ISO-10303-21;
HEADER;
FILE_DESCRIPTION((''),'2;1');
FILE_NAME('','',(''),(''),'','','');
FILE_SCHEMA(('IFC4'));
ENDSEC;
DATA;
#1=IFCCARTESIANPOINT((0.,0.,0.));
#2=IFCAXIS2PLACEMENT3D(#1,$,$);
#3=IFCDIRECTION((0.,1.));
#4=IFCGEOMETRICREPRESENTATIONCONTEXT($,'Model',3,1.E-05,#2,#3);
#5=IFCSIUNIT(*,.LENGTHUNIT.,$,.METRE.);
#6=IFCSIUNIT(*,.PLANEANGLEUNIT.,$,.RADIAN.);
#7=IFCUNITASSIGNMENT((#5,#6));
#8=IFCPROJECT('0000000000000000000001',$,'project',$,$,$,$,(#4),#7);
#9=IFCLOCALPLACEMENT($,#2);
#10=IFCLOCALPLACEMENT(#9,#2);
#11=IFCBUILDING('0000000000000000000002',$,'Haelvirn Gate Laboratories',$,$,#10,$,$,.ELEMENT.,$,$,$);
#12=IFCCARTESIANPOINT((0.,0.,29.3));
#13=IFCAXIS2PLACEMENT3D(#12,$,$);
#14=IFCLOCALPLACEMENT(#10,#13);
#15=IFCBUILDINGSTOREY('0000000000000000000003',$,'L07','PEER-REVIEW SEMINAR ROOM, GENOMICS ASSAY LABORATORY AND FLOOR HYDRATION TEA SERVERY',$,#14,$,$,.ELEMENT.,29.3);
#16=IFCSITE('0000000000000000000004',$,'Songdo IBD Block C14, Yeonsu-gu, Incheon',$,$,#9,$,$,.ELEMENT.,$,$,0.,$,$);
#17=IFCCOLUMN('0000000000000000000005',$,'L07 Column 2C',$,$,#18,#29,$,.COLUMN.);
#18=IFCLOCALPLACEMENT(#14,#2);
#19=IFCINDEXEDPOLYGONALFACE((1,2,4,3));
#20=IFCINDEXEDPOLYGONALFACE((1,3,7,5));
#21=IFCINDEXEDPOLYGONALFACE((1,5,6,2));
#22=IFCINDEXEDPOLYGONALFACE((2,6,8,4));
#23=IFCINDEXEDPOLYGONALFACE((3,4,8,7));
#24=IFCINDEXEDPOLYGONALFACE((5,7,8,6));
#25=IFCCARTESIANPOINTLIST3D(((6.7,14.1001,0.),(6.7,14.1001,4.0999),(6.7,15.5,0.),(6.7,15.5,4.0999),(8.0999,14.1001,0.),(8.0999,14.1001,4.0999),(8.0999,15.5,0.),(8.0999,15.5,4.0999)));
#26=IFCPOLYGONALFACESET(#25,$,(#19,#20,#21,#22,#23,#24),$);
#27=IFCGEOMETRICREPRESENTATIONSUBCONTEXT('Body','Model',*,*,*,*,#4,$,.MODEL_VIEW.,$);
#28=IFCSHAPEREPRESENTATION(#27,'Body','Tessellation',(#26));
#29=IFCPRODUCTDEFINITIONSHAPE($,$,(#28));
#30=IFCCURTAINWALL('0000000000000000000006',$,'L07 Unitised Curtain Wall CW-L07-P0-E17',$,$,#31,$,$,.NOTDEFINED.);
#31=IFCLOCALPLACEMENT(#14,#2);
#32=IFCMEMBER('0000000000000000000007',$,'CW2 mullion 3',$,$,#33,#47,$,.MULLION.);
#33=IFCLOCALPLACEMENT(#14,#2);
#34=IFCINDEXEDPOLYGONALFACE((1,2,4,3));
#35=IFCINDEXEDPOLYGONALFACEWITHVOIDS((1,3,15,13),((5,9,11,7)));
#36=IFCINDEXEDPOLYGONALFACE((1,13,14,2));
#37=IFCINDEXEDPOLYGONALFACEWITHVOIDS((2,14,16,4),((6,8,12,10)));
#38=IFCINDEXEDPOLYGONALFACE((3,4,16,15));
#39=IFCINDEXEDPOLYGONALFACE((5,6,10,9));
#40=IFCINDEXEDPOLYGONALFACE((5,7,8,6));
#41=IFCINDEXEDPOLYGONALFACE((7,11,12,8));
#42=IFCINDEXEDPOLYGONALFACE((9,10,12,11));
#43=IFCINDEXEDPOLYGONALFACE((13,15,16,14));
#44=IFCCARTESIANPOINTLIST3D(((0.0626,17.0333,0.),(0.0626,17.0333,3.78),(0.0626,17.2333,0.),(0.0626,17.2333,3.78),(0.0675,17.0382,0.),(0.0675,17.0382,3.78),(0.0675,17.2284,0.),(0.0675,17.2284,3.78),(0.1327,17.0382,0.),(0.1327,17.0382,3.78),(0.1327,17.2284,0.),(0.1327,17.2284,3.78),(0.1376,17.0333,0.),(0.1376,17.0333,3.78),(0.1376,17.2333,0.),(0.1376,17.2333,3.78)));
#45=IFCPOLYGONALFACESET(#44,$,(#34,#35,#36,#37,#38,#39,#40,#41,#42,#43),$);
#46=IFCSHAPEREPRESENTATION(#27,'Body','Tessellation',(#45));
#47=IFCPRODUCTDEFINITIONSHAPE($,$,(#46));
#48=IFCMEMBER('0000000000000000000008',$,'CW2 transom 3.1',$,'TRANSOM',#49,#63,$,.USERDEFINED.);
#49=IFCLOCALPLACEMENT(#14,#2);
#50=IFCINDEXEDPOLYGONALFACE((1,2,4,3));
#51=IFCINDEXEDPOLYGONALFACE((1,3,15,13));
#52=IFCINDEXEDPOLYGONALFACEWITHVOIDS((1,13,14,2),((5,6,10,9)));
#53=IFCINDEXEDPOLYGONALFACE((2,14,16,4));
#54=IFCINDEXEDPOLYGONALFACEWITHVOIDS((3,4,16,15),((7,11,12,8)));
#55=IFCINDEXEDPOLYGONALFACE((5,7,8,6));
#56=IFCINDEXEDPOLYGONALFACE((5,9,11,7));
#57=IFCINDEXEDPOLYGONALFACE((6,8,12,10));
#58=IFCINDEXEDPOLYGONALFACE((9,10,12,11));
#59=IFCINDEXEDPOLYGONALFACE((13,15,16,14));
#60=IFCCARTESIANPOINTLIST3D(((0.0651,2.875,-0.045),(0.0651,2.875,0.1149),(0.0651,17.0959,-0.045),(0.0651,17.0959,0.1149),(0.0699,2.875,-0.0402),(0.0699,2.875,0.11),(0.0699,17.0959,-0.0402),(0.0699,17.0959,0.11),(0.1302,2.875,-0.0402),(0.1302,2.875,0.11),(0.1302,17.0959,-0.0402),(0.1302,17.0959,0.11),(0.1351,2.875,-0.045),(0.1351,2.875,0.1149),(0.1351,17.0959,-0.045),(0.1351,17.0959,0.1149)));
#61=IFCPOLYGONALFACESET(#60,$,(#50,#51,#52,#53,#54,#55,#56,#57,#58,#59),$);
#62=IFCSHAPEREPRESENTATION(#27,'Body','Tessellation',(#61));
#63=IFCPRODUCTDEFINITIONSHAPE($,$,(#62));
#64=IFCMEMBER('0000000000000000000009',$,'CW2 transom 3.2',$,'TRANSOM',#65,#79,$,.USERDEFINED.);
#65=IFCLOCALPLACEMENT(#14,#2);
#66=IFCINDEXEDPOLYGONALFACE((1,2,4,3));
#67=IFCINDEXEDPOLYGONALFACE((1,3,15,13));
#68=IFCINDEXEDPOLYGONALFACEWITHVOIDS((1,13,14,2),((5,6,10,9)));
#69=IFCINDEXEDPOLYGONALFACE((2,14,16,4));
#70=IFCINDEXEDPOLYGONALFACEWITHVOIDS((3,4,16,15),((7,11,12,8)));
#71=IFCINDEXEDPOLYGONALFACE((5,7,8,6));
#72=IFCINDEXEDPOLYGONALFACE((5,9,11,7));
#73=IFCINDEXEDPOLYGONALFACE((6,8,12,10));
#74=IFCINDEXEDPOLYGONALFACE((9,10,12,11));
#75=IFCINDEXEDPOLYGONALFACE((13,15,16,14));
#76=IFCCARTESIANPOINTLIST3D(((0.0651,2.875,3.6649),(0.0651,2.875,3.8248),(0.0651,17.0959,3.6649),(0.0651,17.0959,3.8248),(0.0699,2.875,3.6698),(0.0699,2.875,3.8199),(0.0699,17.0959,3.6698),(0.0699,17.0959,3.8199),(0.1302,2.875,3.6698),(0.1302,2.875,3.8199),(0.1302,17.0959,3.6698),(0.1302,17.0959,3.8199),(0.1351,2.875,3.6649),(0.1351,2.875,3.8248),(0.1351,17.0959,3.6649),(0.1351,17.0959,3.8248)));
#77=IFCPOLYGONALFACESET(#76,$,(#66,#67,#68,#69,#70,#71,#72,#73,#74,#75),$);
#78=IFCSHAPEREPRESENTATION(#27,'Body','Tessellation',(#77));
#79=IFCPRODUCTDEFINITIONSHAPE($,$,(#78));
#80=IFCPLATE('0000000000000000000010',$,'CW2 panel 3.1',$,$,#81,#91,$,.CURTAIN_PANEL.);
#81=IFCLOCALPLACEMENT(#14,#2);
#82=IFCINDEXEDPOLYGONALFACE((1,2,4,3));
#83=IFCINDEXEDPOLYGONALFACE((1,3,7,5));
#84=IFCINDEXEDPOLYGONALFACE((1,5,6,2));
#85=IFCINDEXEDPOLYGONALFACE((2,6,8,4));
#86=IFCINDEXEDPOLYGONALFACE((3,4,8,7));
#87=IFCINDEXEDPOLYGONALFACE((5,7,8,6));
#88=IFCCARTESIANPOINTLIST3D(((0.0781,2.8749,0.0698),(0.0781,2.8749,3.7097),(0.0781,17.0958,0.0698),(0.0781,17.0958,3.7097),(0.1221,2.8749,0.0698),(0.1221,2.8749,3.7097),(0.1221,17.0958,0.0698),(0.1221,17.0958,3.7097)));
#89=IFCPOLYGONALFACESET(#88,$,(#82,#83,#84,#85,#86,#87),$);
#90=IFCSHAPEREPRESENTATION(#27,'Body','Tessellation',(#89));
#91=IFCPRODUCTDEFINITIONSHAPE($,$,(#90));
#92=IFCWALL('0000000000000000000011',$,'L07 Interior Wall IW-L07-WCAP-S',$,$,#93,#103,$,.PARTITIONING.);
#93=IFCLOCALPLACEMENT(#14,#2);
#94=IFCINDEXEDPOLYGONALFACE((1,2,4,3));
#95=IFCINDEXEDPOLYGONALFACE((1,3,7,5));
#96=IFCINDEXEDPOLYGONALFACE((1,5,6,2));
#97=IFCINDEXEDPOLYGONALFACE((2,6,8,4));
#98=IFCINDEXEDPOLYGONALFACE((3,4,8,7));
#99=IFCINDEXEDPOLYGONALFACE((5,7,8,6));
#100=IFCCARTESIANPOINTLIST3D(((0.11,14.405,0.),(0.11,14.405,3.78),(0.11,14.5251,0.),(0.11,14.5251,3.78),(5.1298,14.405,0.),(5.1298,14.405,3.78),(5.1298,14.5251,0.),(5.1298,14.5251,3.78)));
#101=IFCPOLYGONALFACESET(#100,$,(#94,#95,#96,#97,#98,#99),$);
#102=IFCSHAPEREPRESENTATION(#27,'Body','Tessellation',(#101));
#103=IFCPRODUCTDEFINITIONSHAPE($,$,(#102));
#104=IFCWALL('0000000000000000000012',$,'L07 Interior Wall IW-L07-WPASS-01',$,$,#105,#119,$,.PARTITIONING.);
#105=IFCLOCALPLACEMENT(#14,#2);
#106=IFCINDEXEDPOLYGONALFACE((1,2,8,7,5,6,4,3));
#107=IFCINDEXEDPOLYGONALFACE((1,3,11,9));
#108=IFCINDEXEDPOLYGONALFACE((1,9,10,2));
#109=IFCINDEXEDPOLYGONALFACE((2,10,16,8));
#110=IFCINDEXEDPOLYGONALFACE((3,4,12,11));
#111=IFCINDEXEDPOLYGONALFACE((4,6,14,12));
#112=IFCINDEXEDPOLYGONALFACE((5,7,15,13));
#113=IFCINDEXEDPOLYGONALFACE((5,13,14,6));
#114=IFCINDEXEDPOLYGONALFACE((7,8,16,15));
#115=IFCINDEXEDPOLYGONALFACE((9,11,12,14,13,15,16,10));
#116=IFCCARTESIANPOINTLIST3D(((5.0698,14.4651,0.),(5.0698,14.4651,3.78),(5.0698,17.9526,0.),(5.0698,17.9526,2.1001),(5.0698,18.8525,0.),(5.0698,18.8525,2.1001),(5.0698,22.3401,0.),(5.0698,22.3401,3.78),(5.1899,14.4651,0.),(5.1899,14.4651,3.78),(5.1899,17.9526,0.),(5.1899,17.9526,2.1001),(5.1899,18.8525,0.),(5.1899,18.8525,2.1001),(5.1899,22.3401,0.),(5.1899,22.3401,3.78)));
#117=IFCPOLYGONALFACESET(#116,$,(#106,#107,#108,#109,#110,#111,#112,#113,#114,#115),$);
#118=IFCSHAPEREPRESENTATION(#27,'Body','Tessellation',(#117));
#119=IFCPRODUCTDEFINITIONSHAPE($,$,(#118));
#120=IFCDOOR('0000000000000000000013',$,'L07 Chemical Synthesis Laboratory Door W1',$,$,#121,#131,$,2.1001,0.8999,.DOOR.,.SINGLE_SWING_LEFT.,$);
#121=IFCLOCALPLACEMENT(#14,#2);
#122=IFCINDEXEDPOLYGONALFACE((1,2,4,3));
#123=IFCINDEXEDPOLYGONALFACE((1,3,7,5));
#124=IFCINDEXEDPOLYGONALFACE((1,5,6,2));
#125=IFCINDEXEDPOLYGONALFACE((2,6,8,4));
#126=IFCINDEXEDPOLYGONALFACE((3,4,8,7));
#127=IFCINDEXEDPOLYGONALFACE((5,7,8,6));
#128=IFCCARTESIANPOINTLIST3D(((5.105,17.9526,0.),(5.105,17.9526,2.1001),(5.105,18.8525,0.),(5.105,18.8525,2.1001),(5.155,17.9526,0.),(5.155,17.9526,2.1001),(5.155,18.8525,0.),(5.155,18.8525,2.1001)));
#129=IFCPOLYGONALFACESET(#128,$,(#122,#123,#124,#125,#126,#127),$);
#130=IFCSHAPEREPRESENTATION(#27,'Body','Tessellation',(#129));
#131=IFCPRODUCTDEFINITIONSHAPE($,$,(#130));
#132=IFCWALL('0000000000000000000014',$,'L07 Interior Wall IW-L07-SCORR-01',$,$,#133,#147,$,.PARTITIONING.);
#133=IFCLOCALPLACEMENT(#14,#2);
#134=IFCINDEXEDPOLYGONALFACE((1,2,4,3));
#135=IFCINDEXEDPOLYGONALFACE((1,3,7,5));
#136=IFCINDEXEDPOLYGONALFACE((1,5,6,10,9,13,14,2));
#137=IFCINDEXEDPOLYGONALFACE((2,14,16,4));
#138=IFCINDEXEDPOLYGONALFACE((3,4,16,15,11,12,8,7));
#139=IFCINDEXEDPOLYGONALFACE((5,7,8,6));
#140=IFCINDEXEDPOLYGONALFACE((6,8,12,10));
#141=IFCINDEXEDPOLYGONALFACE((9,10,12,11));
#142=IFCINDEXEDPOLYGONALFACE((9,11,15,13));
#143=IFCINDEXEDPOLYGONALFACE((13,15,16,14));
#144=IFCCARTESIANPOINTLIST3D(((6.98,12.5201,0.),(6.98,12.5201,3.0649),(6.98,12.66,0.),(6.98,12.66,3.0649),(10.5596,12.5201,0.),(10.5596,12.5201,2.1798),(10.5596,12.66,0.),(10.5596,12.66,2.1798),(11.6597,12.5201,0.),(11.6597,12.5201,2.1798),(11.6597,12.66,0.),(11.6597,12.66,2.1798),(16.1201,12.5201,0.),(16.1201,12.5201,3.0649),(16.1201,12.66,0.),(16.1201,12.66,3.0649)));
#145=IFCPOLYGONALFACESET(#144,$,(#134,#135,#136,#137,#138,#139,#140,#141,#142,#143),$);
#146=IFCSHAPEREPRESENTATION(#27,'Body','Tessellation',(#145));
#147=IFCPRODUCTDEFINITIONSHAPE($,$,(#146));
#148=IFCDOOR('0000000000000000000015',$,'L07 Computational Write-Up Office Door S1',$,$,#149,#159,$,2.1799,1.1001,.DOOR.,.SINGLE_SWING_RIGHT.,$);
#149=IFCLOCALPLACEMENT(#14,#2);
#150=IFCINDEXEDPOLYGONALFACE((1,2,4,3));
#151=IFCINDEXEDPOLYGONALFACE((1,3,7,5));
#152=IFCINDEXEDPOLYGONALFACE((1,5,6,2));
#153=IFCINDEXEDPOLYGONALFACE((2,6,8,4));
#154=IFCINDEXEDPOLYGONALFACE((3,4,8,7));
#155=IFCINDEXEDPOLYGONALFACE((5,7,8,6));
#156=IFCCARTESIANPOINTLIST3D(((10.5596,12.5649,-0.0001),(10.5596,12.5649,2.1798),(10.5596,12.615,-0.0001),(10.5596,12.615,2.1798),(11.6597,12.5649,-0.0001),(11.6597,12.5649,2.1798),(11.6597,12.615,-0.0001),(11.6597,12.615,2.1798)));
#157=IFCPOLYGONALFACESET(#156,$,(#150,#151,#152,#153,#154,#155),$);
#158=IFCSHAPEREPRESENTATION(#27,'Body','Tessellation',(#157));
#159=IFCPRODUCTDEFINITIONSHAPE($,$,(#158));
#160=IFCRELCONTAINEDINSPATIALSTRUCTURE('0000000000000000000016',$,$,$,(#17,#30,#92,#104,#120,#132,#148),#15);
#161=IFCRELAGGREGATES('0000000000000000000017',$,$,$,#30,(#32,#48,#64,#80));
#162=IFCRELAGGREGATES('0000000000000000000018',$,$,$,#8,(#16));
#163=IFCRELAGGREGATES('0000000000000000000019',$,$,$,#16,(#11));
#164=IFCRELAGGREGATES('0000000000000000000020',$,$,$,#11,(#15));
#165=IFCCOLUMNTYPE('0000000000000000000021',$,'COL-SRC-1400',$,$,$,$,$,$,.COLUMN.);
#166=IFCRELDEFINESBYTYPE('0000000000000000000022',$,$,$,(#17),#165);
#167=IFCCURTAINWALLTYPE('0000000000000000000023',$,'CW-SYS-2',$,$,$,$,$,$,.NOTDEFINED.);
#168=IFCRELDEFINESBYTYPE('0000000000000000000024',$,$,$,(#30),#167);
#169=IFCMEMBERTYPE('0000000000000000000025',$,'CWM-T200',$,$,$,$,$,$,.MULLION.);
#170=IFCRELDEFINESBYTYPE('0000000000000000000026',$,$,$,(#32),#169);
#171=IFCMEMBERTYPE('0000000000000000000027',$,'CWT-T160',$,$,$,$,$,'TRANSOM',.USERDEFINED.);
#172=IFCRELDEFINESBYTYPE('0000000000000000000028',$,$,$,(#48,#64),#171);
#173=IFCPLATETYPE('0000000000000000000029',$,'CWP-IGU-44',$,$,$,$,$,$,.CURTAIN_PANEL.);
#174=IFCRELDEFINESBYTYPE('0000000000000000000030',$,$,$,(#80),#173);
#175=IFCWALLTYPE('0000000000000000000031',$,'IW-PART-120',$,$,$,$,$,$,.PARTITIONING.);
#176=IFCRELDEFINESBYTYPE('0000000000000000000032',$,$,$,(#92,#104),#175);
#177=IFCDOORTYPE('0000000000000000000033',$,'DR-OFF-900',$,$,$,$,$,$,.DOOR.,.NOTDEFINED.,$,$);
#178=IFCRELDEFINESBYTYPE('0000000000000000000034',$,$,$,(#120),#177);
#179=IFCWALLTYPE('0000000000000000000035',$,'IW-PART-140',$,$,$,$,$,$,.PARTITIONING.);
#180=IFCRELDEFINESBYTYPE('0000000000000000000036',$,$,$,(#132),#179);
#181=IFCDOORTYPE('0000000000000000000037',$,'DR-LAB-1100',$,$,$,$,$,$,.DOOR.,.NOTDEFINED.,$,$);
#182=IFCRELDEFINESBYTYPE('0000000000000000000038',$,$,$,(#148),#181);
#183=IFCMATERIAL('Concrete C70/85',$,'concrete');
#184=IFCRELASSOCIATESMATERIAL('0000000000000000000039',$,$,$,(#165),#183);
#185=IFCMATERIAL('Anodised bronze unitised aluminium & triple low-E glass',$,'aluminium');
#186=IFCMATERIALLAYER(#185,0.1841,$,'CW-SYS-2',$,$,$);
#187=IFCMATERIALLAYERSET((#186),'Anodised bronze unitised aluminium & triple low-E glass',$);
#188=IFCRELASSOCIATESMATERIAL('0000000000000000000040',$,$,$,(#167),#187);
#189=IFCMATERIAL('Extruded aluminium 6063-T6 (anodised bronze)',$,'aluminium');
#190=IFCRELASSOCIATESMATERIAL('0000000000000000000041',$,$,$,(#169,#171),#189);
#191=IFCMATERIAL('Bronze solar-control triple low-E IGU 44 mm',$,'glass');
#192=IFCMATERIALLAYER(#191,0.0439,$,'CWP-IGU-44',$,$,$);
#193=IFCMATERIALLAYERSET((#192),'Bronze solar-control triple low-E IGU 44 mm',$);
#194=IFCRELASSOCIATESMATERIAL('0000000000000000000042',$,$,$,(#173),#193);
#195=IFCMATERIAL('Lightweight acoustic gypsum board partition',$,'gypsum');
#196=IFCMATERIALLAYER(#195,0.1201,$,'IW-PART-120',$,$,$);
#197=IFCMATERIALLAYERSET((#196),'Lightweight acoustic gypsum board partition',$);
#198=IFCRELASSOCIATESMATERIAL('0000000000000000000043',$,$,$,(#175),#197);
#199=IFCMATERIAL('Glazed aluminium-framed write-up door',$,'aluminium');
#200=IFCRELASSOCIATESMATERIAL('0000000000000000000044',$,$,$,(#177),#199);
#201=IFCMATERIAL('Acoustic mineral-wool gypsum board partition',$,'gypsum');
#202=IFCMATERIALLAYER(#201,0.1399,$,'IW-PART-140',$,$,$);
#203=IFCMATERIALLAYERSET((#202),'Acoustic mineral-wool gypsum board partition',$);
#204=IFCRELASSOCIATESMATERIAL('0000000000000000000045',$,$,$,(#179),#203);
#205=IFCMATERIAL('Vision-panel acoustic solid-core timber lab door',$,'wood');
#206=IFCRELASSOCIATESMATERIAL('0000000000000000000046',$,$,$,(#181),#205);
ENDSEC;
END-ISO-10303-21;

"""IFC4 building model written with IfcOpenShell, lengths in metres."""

from ifc_helpers import new_model, si_unit, direction, frame, frame_2d, origin, origin_2d, place, context, subcontext, project, spatial, rectangle, hollow_rectangle, extrude, source, transform, mapped, material, layer, layer_set, material_profile, profile_set, type_object, type_shapes, element, fill, aggregate, save


model = new_model("IFC4")

# Units and contexts
model_context = context("Model", 3, precision=1e-05, world=origin(), true_north=direction((0.0, 1.0)))
body_context = subcontext(model_context, "Body", "Model", "MODEL_VIEW")
ifc_project = project(units=[si_unit("LENGTHUNIT", "METRE"), si_unit("PLANEANGLEUNIT", "RADIAN")], contexts=[model_context])

# Site, building, storey
site_placement = place(None, origin())
site = spatial("IfcSite", under=ifc_project, at=site_placement, Name="Songdo IBD Block C14, Yeonsu-gu, Incheon", CompositionType="ELEMENT", RefElevation=0.0)
building_placement = place(site_placement, origin())
building = spatial("IfcBuilding", under=site, at=building_placement, Name="Haelvirn Gate Laboratories", CompositionType="ELEMENT")
storey_placement = place(building_placement, frame((0.0, 0.0, 29.3)))
storey = spatial("IfcBuildingStorey", under=building, at=storey_placement, Name="L07", Description="PEER-REVIEW SEMINAR ROOM, GENOMICS ASSAY LABORATORY AND FLOOR HYDRATION TEA SERVERY", CompositionType="ELEMENT", Elevation=29.3)

# Column
ifc_material_1 = material(Name="Concrete C70/85", Category="concrete")
ifc_material_profile_1 = material_profile(ifc_material_1, rectangle(XDim=1.3999, YDim=1.3999, at=origin_2d()), Name="SRC-1400x1400")
ifc_profile_set_1 = profile_set([ifc_material_profile_1], Name="Concrete C70/85")
column_type = type_object("IfcColumnType", Name="COL-SRC-1400", PredefinedType="COLUMN", material=ifc_profile_set_1)
shared_shape_1 = source(origin(), body_context, "Body", "SweptSolid", [
    extrude(rectangle(XDim=1.3999, YDim=1.3999, at=origin_2d()), origin(), (0.0, 0.0, 1.0), 4.0999),
])
type_shapes(column_type, [shared_shape_1])
column_placement = place(storey_placement, frame((7.3999, 14.8, 0.0), z_axis=(0.0, 0.0, 1.0), x_axis=(1.0, 0.0, 0.0)))
element("IfcColumn", 1, at=column_placement, inside=storey, type_object=column_type, Name="L07 Column 2C", PredefinedType="COLUMN", context=body_context, shape_type="MappedRepresentation", body=[
    mapped(shared_shape_1, transform((0.0, 0.0, 0.0), scale=1.0)),
])

# Curtain wall, members, plate
ifc_material_2 = material(Name="Anodised bronze unitised aluminium & triple low-E glass", Category="aluminium")
ifc_layer_1 = layer(ifc_material_2, 0.1841, Name="CW-SYS-2")
ifc_layer_set_1 = layer_set([ifc_layer_1], Name="Anodised bronze unitised aluminium & triple low-E glass")
curtain_wall_type = type_object("IfcCurtainWallType", Name="CW-SYS-2", PredefinedType="NOTDEFINED", material=ifc_layer_set_1)
curtain_wall_placement = place(storey_placement, origin())
curtain_wall = element("IfcCurtainWall", 2, at=curtain_wall_placement, inside=storey, type_object=curtain_wall_type, Name="L07 Unitised Curtain Wall CW-L07-P0-E17", PredefinedType="NOTDEFINED")
ifc_material_3 = material(Name="Extruded aluminium 6063-T6 (anodised bronze)", Category="aluminium")
ifc_material_profile_2 = material_profile(ifc_material_3, hollow_rectangle(XDim=0.075, YDim=0.2, WallThickness=0.0049, at=origin_2d()), Name="CWM-200x75x5")
ifc_profile_set_2 = profile_set([ifc_material_profile_2], Name="Extruded aluminium 6063-T6 (anodised bronze)")
member_type_1 = type_object("IfcMemberType", Name="CWM-T200", PredefinedType="MULLION", material=ifc_profile_set_2)
shared_shape_2 = source(origin(), body_context, "Body", "SweptSolid", [
    extrude(hollow_rectangle(XDim=0.075, YDim=0.2, WallThickness=0.0049, at=origin_2d()), origin(), (0.0, 0.0, 1.0), 3.78),
])
type_shapes(member_type_1, [shared_shape_2])
member_1_placement = place(storey_placement, frame((0.1001, 17.1333, 0.0), z_axis=(0.0, 0.0, 1.0), x_axis=(1.0, 0.0, 0.0)))
member_1 = element("IfcMember", 3, at=member_1_placement, type_object=member_type_1, Name="CW2 mullion 3", PredefinedType="MULLION", context=body_context, shape_type="MappedRepresentation", body=[
    mapped(shared_shape_2, transform((0.0, 0.0, 0.0), scale=1.0)),
])
ifc_material_profile_3 = material_profile(ifc_material_3, hollow_rectangle(XDim=0.0701, YDim=0.1599, WallThickness=0.0049, at=origin_2d()), Name="CWT-160x70x5")
ifc_profile_set_3 = profile_set([ifc_material_profile_3], Name="Extruded aluminium 6063-T6 (anodised bronze)")
member_type_2 = type_object("IfcMemberType", Name="CWT-T160", ElementType="TRANSOM", PredefinedType="USERDEFINED", material=ifc_profile_set_3)
shared_shape_3 = source(origin(), body_context, "Body", "SweptSolid", [
    extrude(hollow_rectangle(XDim=0.0701, YDim=0.1599, WallThickness=0.0049, at=origin_2d()), origin(), (0.0, 0.0, 1.0), 14.2209),
])
type_shapes(member_type_2, [shared_shape_3])
member_2_placement = place(storey_placement, frame((0.1001, 17.0959, 0.0349), z_axis=(0.0, -1.0, 0.0), x_axis=(1.0, 0.0, 0.0)))
member_2 = element("IfcMember", 4, at=member_2_placement, type_object=member_type_2, Name="CW2 transom 3.1", ObjectType="TRANSOM", PredefinedType="USERDEFINED", context=body_context, shape_type="MappedRepresentation", body=[
    mapped(shared_shape_3, transform((0.0, 0.0, 0.0), scale=1.0)),
])
member_3_placement = place(storey_placement, frame((0.1001, 17.0959, 3.7449), z_axis=(0.0, -1.0, 0.0), x_axis=(1.0, 0.0, 0.0)))
member_3 = element("IfcMember", 5, at=member_3_placement, type_object=member_type_2, Name="CW2 transom 3.2", ObjectType="TRANSOM", PredefinedType="USERDEFINED", context=body_context, shape_type="MappedRepresentation", body=[
    mapped(shared_shape_3, transform((0.0, 0.0, 0.0), scale=1.0)),
])
ifc_material_4 = material(Name="Bronze solar-control triple low-E IGU 44 mm", Category="glass")
ifc_layer_2 = layer(ifc_material_4, 0.0439, Name="CWP-IGU-44")
ifc_layer_set_2 = layer_set([ifc_layer_2], Name="Bronze solar-control triple low-E IGU 44 mm")
plate_type = type_object("IfcPlateType", Name="CWP-IGU-44", PredefinedType="CURTAIN_PANEL", material=ifc_layer_set_2)
shared_shape_4 = source(origin(), body_context, "Body", "SweptSolid", [
    extrude(rectangle(XDim=14.2209, YDim=0.0439, at=origin_2d()), origin(), (0.0, 0.0, 1.0), 3.6399),
])
type_shapes(plate_type, [shared_shape_4])
plate_placement = place(storey_placement, frame((0.1001, 9.9854, 0.0698), z_axis=(0.0, 0.0, 1.0), x_axis=(0.0, -1.0, 0.0)))
plate = element("IfcPlate", 6, at=plate_placement, type_object=plate_type, Name="CW2 panel 3.1", PredefinedType="CURTAIN_PANEL", context=body_context, shape_type="MappedRepresentation", body=[
    mapped(shared_shape_4, transform((0.0, 0.0, 0.0), scale=1.0)),
])
aggregate(curtain_wall, [member_1, member_2, member_3, plate])

# Wall
ifc_material_5 = material(Name="Lightweight acoustic gypsum board partition", Category="gypsum")
ifc_layer_3 = layer(ifc_material_5, 0.1201, Name="IW-PART-120")
ifc_layer_set_3 = layer_set([ifc_layer_3], Name="Lightweight acoustic gypsum board partition")
wall_type_1 = type_object("IfcWallType", Name="IW-PART-120", PredefinedType="PARTITIONING", material=ifc_layer_set_3)
wall_1_placement = place(storey_placement, frame((0.1101, 14.4651, 0.0), z_axis=(0.0, 0.0, 1.0), x_axis=(1.0, 0.0, 0.0)))
element("IfcWall", 7, at=wall_1_placement, inside=storey, type_object=wall_type_1, Name="L07 Interior Wall IW-L07-WCAP-S", PredefinedType="PARTITIONING", context=body_context, shape_type="SweptSolid", body=[
    extrude(rectangle(XDim=5.0198, YDim=0.1201, at=frame_2d((2.5098, 0.0))), origin(), (0.0, 0.0, 1.0), 3.78),
])

# Walls, openings, doors
wall_2_placement = place(storey_placement, frame((5.1299, 14.4651, 0.0), z_axis=(0.0, 0.0, 1.0), x_axis=(0.0, 1.0, 0.0)))
wall_2 = element("IfcWall", 8, at=wall_2_placement, inside=storey, type_object=wall_type_1, Name="L07 Interior Wall IW-L07-WPASS-01", PredefinedType="PARTITIONING", context=body_context, shape_type="SweptSolid", body=[
    extrude(rectangle(XDim=7.875, YDim=0.1201, at=frame_2d((3.9375, 0.0))), origin(), (0.0, 0.0, 1.0), 3.78),
])
opening_1_placement = place(wall_2_placement, frame((3.4875, 0.0, 0.0)))
opening_1 = element("IfcOpeningElement", 9, at=opening_1_placement, cuts=wall_2, PredefinedType="OPENING", context=body_context, shape_type="SweptSolid", body=[
    extrude(rectangle(XDim=0.8999, YDim=2.1001, at=frame_2d((0.45, 1.05))), frame((0.0, 0.0701, 0.0), z_axis=(0.0, -1.0, 0.0), x_axis=(1.0, 0.0, 0.0)), (0.0, 0.0, 1.0), 0.1401),
])
ifc_material_6 = material(Name="Glazed aluminium-framed write-up door", Category="aluminium")
door_type_1 = type_object("IfcDoorType", Name="DR-OFF-900", OperationType="NOTDEFINED", PredefinedType="DOOR", material=ifc_material_6)
shared_shape_5 = source(origin(), body_context, "Body", "SweptSolid", [
    extrude(rectangle(XDim=0.8999, YDim=2.1001, at=frame_2d((0.45, 1.05))), frame((0.0, 0.0249, 0.0), z_axis=(0.0, -1.0, 0.0), x_axis=(1.0, 0.0, 0.0)), (0.0, 0.0, 1.0), 0.05),
])
type_shapes(door_type_1, [shared_shape_5])
door_1_placement = place(opening_1_placement, origin())
door_1 = element("IfcDoor", 10, at=door_1_placement, inside=storey, type_object=door_type_1, Name="L07 Chemical Synthesis Laboratory Door W1", OperationType="SINGLE_SWING_LEFT", OverallHeight=2.1001, OverallWidth=0.8999, PredefinedType="DOOR", context=body_context, shape_type="MappedRepresentation", body=[
    mapped(shared_shape_5, transform((0.0, 0.0, 0.0), scale=1.0)),
])
fill(opening_1, door_1)
ifc_material_7 = material(Name="Acoustic mineral-wool gypsum board partition", Category="gypsum")
ifc_layer_4 = layer(ifc_material_7, 0.1399, Name="IW-PART-140")
ifc_layer_set_4 = layer_set([ifc_layer_4], Name="Acoustic mineral-wool gypsum board partition")
wall_type_2 = type_object("IfcWallType", Name="IW-PART-140", PredefinedType="PARTITIONING", material=ifc_layer_set_4)
wall_3_placement = place(storey_placement, frame((6.98, 12.5901, 0.0), z_axis=(0.0, 0.0, 1.0), x_axis=(1.0, 0.0, 0.0)))
wall_3 = element("IfcWall", 11, at=wall_3_placement, inside=storey, type_object=wall_type_2, Name="L07 Interior Wall IW-L07-SCORR-01", PredefinedType="PARTITIONING", context=body_context, shape_type="SweptSolid", body=[
    extrude(rectangle(XDim=9.1401, YDim=0.1399, at=frame_2d((4.5701, 0.0))), origin(), (0.0, 0.0, 1.0), 3.0649),
])
opening_2_placement = place(wall_3_placement, frame((3.5796, 0.0, 0.0)))
opening_2 = element("IfcOpeningElement", 12, at=opening_2_placement, cuts=wall_3, PredefinedType="OPENING", context=body_context, shape_type="SweptSolid", body=[
    extrude(rectangle(XDim=1.1001, YDim=2.1799, at=frame_2d((0.55, 1.0898))), frame((0.0, 0.0801, 0.0), z_axis=(0.0, -1.0, 0.0), x_axis=(1.0, 0.0, 0.0)), (0.0, 0.0, 1.0), 0.1599),
])
ifc_material_8 = material(Name="Vision-panel acoustic solid-core timber lab door", Category="wood")
door_type_2 = type_object("IfcDoorType", Name="DR-LAB-1100", OperationType="NOTDEFINED", PredefinedType="DOOR", material=ifc_material_8)
shared_shape_6 = source(origin(), body_context, "Body", "SweptSolid", [
    extrude(rectangle(XDim=1.1001, YDim=2.1799, at=frame_2d((0.55, 1.0898))), frame((0.0, 0.0249, 0.0), z_axis=(0.0, -1.0, 0.0), x_axis=(1.0, 0.0, 0.0)), (0.0, 0.0, 1.0), 0.05),
])
type_shapes(door_type_2, [shared_shape_6])
door_2_placement = place(opening_2_placement, origin())
door_2 = element("IfcDoor", 13, at=door_2_placement, inside=storey, type_object=door_type_2, Name="L07 Computational Write-Up Office Door S1", OperationType="SINGLE_SWING_RIGHT", OverallHeight=2.1799, OverallWidth=1.1001, PredefinedType="DOOR", context=body_context, shape_type="MappedRepresentation", body=[
    mapped(shared_shape_6, transform((0.0, 0.0, 0.0), scale=1.0)),
])
fill(opening_2, door_2)

save(model, "model.ifc")
